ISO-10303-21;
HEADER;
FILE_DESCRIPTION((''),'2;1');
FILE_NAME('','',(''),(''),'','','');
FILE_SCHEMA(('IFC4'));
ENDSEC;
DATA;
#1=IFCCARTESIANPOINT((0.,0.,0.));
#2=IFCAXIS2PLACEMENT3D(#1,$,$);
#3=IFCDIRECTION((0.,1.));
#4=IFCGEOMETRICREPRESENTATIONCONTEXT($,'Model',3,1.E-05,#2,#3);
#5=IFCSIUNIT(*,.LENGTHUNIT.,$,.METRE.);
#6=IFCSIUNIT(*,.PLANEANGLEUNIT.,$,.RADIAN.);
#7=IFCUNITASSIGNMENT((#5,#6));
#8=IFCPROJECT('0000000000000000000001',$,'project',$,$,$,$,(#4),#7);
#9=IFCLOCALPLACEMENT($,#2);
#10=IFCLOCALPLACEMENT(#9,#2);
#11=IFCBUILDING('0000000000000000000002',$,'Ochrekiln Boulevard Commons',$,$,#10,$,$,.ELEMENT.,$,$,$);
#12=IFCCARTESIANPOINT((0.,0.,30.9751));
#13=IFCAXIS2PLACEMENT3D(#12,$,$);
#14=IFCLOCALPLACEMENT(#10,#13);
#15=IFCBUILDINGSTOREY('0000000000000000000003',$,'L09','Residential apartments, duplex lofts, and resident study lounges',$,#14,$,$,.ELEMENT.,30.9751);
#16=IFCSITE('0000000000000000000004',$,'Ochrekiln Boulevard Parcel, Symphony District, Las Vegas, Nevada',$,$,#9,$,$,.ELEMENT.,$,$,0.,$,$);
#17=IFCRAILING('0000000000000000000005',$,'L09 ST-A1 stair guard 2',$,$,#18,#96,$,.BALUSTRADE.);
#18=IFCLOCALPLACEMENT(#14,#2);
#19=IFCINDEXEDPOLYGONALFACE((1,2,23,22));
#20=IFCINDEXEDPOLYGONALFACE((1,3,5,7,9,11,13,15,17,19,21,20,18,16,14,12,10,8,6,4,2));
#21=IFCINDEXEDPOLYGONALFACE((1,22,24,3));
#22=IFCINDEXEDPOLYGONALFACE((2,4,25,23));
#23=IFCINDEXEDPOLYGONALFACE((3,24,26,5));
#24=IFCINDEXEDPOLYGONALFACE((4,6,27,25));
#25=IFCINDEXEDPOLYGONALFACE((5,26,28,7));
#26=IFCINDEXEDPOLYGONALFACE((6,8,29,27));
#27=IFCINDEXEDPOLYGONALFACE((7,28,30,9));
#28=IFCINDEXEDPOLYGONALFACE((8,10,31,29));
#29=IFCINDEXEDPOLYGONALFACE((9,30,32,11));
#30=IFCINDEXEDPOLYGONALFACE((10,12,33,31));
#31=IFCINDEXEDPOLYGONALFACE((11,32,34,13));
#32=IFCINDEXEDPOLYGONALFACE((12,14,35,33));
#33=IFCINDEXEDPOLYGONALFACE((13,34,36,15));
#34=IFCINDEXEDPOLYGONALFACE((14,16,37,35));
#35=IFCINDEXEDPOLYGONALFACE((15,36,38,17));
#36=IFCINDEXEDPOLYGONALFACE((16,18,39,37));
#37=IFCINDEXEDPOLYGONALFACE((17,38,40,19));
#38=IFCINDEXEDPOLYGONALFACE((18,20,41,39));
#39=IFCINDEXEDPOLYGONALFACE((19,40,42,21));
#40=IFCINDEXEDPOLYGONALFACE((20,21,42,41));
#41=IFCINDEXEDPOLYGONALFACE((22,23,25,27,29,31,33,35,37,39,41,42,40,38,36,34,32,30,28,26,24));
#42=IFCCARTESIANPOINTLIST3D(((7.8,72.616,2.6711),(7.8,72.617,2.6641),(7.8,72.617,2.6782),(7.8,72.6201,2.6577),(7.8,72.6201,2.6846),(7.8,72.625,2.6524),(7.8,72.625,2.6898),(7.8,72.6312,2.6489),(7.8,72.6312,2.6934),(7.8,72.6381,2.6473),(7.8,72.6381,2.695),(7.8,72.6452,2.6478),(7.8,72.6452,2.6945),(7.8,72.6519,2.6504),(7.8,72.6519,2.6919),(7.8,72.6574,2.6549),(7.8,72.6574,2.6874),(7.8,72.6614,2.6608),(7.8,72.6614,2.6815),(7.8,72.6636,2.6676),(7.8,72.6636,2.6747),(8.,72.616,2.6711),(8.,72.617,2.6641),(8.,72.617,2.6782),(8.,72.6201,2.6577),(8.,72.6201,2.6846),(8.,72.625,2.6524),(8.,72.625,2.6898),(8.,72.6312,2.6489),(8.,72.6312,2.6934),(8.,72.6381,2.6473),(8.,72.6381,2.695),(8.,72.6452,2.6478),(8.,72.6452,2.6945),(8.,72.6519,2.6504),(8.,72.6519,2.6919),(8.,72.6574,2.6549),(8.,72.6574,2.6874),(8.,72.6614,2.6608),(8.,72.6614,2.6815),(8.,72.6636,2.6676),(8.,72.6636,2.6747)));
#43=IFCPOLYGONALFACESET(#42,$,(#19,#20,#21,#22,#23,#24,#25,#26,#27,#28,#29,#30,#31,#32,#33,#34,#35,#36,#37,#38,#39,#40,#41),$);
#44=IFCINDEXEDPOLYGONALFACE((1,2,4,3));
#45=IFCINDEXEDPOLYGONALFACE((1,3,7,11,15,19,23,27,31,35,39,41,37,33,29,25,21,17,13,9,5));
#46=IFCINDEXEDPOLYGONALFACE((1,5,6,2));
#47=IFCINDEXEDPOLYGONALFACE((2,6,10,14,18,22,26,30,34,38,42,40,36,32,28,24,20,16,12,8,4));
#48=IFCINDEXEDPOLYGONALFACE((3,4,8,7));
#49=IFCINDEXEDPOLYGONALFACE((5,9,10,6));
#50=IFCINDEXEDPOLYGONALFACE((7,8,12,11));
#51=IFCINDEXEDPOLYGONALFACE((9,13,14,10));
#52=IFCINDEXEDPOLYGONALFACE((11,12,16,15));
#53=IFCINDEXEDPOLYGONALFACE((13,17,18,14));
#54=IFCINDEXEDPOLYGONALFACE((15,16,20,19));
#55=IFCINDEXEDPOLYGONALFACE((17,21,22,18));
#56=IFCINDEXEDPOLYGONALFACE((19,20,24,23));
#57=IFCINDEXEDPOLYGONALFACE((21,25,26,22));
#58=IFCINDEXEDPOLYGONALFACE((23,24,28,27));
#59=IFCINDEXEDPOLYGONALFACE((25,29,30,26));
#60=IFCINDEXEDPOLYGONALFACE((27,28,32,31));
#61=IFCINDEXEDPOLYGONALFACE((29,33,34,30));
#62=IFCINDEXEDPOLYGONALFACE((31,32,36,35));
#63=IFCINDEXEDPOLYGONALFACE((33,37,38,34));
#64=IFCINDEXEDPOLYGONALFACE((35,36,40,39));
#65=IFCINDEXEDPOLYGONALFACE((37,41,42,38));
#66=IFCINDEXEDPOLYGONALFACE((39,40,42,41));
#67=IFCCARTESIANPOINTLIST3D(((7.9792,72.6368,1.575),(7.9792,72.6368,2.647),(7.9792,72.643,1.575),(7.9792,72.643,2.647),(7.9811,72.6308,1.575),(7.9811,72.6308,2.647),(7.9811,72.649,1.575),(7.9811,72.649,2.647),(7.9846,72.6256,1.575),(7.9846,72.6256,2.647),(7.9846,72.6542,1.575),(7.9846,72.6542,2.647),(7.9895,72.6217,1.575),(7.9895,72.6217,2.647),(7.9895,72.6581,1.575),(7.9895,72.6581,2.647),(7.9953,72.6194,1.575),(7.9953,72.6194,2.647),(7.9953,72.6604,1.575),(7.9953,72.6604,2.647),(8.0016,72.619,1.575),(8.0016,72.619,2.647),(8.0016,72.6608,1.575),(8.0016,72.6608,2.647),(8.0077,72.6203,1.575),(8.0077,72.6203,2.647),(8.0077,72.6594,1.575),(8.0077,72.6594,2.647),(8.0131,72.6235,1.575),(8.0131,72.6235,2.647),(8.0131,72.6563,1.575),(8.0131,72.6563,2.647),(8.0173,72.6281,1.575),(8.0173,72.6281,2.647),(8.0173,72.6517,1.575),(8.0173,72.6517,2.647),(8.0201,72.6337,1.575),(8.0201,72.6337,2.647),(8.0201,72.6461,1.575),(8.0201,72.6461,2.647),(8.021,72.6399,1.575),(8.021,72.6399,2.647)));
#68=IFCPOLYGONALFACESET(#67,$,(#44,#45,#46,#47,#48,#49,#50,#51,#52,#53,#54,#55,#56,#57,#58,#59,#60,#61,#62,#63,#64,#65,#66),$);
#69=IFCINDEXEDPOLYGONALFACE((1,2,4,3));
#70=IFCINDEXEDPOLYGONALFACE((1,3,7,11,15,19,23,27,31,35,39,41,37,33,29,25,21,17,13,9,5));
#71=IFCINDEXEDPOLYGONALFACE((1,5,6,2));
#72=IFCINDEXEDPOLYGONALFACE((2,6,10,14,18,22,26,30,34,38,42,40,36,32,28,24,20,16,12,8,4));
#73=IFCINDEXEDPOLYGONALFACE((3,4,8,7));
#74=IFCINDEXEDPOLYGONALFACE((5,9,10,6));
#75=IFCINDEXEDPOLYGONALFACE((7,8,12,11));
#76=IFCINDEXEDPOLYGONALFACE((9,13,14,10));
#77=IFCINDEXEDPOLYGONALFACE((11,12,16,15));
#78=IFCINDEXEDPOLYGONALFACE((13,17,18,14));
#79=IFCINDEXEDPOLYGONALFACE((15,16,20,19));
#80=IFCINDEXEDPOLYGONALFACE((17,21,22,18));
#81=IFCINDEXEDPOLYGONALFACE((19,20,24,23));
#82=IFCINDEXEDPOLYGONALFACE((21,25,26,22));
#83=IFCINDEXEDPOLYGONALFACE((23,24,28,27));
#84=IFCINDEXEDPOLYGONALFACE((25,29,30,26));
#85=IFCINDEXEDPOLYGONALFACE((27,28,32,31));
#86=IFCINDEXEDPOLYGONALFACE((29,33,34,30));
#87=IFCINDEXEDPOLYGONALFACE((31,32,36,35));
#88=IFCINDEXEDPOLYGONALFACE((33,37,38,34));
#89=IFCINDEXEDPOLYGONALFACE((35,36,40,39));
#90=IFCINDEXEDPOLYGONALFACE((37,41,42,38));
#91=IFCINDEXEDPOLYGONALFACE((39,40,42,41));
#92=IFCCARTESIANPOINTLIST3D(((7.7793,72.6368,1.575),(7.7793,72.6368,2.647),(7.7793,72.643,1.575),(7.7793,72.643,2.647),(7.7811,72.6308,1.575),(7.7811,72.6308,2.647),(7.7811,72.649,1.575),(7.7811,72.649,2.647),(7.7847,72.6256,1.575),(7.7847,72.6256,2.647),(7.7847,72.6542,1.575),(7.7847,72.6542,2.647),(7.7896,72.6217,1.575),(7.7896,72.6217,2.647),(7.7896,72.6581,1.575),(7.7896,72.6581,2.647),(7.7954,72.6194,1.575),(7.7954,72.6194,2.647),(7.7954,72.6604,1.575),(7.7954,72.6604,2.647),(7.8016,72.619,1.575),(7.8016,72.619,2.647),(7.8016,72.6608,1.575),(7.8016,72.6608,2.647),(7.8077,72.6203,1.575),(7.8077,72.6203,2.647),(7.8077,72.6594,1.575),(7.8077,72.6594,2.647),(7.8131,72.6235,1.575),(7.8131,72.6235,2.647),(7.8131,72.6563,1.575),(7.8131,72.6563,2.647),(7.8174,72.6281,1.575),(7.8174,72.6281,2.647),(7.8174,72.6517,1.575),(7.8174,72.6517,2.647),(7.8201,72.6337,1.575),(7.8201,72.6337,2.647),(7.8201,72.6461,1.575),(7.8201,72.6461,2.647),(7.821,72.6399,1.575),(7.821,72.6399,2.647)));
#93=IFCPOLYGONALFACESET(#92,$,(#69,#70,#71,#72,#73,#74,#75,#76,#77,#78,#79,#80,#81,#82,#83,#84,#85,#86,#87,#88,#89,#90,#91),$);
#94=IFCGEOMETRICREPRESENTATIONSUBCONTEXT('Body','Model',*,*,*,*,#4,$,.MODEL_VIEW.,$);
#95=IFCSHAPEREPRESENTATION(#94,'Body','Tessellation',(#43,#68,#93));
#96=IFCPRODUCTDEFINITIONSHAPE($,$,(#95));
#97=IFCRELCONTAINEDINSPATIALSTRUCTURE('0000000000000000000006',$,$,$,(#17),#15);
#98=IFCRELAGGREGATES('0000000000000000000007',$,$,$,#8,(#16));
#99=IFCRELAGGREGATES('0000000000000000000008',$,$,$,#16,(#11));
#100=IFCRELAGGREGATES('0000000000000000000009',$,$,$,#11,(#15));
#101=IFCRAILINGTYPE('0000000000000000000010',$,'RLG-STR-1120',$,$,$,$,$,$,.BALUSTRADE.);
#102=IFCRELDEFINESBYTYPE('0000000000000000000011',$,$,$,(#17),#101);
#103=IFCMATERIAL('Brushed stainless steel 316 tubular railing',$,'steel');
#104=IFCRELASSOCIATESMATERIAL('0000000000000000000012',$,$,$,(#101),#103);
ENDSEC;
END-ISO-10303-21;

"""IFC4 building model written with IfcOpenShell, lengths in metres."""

from ifc_helpers import new_model, si_unit, direction, frame, origin, origin_2d, place, context, subcontext, project, spatial, circle, extrude, material, type_object, element, save


model = new_model("IFC4")

# Units and contexts
model_context = context("Model", 3, precision=1e-05, world=origin(), true_north=direction((0.0, 1.0)))
body_context = subcontext(model_context, "Body", "Model", "MODEL_VIEW")
ifc_project = project(units=[si_unit("LENGTHUNIT", "METRE"), si_unit("PLANEANGLEUNIT", "RADIAN")], contexts=[model_context])

# Site, building, storey
site_placement = place(None, origin())
site = spatial("IfcSite", under=ifc_project, at=site_placement, Name="Ochrekiln Boulevard Parcel, Symphony District, Las Vegas, Nevada", CompositionType="ELEMENT", RefElevation=0.0)
building_placement = place(site_placement, origin())
building = spatial("IfcBuilding", under=site, at=building_placement, Name="Ochrekiln Boulevard Commons", CompositionType="ELEMENT")
storey_placement = place(building_placement, frame((0.0, 0.0, 30.9751)))
storey = spatial("IfcBuildingStorey", under=building, at=storey_placement, Name="L09", Description="Residential apartments, duplex lofts, and resident study lounges", CompositionType="ELEMENT", Elevation=30.9751)

# Railing
ifc_material_1 = material(Name="Brushed stainless steel 316 tubular railing", Category="steel")
railing_type_1 = type_object("IfcRailingType", Name="RLG-STR-1120", PredefinedType="BALUSTRADE", material=ifc_material_1)
railing_1_placement = place(storey_placement, frame((8.0, 72.6399, 1.575)))
element("IfcRailing", 1, at=railing_1_placement, inside=storey, type_object=railing_type_1, Name="L09 ST-A1 stair guard 2", PredefinedType="BALUSTRADE", context=body_context, shape_type="SweptSolid", body=[
    extrude(circle(Radius=0.0239, at=origin_2d()), frame((0.0, 0.0, 1.0962), z_axis=(-1.0, 0.0, 0.0), x_axis=(0.0, -1.0, 0.0)), (0.0, 0.0, 1.0), 0.2),
    extrude(circle(Radius=0.021, at=origin_2d()), origin(), (0.0, 0.0, 1.0), 1.072),
    extrude(circle(Radius=0.021, at=origin_2d()), frame((-0.2, 0.0, 0.0)), (0.0, 0.0, 1.0), 1.072),
])

save(model, "model.ifc")
